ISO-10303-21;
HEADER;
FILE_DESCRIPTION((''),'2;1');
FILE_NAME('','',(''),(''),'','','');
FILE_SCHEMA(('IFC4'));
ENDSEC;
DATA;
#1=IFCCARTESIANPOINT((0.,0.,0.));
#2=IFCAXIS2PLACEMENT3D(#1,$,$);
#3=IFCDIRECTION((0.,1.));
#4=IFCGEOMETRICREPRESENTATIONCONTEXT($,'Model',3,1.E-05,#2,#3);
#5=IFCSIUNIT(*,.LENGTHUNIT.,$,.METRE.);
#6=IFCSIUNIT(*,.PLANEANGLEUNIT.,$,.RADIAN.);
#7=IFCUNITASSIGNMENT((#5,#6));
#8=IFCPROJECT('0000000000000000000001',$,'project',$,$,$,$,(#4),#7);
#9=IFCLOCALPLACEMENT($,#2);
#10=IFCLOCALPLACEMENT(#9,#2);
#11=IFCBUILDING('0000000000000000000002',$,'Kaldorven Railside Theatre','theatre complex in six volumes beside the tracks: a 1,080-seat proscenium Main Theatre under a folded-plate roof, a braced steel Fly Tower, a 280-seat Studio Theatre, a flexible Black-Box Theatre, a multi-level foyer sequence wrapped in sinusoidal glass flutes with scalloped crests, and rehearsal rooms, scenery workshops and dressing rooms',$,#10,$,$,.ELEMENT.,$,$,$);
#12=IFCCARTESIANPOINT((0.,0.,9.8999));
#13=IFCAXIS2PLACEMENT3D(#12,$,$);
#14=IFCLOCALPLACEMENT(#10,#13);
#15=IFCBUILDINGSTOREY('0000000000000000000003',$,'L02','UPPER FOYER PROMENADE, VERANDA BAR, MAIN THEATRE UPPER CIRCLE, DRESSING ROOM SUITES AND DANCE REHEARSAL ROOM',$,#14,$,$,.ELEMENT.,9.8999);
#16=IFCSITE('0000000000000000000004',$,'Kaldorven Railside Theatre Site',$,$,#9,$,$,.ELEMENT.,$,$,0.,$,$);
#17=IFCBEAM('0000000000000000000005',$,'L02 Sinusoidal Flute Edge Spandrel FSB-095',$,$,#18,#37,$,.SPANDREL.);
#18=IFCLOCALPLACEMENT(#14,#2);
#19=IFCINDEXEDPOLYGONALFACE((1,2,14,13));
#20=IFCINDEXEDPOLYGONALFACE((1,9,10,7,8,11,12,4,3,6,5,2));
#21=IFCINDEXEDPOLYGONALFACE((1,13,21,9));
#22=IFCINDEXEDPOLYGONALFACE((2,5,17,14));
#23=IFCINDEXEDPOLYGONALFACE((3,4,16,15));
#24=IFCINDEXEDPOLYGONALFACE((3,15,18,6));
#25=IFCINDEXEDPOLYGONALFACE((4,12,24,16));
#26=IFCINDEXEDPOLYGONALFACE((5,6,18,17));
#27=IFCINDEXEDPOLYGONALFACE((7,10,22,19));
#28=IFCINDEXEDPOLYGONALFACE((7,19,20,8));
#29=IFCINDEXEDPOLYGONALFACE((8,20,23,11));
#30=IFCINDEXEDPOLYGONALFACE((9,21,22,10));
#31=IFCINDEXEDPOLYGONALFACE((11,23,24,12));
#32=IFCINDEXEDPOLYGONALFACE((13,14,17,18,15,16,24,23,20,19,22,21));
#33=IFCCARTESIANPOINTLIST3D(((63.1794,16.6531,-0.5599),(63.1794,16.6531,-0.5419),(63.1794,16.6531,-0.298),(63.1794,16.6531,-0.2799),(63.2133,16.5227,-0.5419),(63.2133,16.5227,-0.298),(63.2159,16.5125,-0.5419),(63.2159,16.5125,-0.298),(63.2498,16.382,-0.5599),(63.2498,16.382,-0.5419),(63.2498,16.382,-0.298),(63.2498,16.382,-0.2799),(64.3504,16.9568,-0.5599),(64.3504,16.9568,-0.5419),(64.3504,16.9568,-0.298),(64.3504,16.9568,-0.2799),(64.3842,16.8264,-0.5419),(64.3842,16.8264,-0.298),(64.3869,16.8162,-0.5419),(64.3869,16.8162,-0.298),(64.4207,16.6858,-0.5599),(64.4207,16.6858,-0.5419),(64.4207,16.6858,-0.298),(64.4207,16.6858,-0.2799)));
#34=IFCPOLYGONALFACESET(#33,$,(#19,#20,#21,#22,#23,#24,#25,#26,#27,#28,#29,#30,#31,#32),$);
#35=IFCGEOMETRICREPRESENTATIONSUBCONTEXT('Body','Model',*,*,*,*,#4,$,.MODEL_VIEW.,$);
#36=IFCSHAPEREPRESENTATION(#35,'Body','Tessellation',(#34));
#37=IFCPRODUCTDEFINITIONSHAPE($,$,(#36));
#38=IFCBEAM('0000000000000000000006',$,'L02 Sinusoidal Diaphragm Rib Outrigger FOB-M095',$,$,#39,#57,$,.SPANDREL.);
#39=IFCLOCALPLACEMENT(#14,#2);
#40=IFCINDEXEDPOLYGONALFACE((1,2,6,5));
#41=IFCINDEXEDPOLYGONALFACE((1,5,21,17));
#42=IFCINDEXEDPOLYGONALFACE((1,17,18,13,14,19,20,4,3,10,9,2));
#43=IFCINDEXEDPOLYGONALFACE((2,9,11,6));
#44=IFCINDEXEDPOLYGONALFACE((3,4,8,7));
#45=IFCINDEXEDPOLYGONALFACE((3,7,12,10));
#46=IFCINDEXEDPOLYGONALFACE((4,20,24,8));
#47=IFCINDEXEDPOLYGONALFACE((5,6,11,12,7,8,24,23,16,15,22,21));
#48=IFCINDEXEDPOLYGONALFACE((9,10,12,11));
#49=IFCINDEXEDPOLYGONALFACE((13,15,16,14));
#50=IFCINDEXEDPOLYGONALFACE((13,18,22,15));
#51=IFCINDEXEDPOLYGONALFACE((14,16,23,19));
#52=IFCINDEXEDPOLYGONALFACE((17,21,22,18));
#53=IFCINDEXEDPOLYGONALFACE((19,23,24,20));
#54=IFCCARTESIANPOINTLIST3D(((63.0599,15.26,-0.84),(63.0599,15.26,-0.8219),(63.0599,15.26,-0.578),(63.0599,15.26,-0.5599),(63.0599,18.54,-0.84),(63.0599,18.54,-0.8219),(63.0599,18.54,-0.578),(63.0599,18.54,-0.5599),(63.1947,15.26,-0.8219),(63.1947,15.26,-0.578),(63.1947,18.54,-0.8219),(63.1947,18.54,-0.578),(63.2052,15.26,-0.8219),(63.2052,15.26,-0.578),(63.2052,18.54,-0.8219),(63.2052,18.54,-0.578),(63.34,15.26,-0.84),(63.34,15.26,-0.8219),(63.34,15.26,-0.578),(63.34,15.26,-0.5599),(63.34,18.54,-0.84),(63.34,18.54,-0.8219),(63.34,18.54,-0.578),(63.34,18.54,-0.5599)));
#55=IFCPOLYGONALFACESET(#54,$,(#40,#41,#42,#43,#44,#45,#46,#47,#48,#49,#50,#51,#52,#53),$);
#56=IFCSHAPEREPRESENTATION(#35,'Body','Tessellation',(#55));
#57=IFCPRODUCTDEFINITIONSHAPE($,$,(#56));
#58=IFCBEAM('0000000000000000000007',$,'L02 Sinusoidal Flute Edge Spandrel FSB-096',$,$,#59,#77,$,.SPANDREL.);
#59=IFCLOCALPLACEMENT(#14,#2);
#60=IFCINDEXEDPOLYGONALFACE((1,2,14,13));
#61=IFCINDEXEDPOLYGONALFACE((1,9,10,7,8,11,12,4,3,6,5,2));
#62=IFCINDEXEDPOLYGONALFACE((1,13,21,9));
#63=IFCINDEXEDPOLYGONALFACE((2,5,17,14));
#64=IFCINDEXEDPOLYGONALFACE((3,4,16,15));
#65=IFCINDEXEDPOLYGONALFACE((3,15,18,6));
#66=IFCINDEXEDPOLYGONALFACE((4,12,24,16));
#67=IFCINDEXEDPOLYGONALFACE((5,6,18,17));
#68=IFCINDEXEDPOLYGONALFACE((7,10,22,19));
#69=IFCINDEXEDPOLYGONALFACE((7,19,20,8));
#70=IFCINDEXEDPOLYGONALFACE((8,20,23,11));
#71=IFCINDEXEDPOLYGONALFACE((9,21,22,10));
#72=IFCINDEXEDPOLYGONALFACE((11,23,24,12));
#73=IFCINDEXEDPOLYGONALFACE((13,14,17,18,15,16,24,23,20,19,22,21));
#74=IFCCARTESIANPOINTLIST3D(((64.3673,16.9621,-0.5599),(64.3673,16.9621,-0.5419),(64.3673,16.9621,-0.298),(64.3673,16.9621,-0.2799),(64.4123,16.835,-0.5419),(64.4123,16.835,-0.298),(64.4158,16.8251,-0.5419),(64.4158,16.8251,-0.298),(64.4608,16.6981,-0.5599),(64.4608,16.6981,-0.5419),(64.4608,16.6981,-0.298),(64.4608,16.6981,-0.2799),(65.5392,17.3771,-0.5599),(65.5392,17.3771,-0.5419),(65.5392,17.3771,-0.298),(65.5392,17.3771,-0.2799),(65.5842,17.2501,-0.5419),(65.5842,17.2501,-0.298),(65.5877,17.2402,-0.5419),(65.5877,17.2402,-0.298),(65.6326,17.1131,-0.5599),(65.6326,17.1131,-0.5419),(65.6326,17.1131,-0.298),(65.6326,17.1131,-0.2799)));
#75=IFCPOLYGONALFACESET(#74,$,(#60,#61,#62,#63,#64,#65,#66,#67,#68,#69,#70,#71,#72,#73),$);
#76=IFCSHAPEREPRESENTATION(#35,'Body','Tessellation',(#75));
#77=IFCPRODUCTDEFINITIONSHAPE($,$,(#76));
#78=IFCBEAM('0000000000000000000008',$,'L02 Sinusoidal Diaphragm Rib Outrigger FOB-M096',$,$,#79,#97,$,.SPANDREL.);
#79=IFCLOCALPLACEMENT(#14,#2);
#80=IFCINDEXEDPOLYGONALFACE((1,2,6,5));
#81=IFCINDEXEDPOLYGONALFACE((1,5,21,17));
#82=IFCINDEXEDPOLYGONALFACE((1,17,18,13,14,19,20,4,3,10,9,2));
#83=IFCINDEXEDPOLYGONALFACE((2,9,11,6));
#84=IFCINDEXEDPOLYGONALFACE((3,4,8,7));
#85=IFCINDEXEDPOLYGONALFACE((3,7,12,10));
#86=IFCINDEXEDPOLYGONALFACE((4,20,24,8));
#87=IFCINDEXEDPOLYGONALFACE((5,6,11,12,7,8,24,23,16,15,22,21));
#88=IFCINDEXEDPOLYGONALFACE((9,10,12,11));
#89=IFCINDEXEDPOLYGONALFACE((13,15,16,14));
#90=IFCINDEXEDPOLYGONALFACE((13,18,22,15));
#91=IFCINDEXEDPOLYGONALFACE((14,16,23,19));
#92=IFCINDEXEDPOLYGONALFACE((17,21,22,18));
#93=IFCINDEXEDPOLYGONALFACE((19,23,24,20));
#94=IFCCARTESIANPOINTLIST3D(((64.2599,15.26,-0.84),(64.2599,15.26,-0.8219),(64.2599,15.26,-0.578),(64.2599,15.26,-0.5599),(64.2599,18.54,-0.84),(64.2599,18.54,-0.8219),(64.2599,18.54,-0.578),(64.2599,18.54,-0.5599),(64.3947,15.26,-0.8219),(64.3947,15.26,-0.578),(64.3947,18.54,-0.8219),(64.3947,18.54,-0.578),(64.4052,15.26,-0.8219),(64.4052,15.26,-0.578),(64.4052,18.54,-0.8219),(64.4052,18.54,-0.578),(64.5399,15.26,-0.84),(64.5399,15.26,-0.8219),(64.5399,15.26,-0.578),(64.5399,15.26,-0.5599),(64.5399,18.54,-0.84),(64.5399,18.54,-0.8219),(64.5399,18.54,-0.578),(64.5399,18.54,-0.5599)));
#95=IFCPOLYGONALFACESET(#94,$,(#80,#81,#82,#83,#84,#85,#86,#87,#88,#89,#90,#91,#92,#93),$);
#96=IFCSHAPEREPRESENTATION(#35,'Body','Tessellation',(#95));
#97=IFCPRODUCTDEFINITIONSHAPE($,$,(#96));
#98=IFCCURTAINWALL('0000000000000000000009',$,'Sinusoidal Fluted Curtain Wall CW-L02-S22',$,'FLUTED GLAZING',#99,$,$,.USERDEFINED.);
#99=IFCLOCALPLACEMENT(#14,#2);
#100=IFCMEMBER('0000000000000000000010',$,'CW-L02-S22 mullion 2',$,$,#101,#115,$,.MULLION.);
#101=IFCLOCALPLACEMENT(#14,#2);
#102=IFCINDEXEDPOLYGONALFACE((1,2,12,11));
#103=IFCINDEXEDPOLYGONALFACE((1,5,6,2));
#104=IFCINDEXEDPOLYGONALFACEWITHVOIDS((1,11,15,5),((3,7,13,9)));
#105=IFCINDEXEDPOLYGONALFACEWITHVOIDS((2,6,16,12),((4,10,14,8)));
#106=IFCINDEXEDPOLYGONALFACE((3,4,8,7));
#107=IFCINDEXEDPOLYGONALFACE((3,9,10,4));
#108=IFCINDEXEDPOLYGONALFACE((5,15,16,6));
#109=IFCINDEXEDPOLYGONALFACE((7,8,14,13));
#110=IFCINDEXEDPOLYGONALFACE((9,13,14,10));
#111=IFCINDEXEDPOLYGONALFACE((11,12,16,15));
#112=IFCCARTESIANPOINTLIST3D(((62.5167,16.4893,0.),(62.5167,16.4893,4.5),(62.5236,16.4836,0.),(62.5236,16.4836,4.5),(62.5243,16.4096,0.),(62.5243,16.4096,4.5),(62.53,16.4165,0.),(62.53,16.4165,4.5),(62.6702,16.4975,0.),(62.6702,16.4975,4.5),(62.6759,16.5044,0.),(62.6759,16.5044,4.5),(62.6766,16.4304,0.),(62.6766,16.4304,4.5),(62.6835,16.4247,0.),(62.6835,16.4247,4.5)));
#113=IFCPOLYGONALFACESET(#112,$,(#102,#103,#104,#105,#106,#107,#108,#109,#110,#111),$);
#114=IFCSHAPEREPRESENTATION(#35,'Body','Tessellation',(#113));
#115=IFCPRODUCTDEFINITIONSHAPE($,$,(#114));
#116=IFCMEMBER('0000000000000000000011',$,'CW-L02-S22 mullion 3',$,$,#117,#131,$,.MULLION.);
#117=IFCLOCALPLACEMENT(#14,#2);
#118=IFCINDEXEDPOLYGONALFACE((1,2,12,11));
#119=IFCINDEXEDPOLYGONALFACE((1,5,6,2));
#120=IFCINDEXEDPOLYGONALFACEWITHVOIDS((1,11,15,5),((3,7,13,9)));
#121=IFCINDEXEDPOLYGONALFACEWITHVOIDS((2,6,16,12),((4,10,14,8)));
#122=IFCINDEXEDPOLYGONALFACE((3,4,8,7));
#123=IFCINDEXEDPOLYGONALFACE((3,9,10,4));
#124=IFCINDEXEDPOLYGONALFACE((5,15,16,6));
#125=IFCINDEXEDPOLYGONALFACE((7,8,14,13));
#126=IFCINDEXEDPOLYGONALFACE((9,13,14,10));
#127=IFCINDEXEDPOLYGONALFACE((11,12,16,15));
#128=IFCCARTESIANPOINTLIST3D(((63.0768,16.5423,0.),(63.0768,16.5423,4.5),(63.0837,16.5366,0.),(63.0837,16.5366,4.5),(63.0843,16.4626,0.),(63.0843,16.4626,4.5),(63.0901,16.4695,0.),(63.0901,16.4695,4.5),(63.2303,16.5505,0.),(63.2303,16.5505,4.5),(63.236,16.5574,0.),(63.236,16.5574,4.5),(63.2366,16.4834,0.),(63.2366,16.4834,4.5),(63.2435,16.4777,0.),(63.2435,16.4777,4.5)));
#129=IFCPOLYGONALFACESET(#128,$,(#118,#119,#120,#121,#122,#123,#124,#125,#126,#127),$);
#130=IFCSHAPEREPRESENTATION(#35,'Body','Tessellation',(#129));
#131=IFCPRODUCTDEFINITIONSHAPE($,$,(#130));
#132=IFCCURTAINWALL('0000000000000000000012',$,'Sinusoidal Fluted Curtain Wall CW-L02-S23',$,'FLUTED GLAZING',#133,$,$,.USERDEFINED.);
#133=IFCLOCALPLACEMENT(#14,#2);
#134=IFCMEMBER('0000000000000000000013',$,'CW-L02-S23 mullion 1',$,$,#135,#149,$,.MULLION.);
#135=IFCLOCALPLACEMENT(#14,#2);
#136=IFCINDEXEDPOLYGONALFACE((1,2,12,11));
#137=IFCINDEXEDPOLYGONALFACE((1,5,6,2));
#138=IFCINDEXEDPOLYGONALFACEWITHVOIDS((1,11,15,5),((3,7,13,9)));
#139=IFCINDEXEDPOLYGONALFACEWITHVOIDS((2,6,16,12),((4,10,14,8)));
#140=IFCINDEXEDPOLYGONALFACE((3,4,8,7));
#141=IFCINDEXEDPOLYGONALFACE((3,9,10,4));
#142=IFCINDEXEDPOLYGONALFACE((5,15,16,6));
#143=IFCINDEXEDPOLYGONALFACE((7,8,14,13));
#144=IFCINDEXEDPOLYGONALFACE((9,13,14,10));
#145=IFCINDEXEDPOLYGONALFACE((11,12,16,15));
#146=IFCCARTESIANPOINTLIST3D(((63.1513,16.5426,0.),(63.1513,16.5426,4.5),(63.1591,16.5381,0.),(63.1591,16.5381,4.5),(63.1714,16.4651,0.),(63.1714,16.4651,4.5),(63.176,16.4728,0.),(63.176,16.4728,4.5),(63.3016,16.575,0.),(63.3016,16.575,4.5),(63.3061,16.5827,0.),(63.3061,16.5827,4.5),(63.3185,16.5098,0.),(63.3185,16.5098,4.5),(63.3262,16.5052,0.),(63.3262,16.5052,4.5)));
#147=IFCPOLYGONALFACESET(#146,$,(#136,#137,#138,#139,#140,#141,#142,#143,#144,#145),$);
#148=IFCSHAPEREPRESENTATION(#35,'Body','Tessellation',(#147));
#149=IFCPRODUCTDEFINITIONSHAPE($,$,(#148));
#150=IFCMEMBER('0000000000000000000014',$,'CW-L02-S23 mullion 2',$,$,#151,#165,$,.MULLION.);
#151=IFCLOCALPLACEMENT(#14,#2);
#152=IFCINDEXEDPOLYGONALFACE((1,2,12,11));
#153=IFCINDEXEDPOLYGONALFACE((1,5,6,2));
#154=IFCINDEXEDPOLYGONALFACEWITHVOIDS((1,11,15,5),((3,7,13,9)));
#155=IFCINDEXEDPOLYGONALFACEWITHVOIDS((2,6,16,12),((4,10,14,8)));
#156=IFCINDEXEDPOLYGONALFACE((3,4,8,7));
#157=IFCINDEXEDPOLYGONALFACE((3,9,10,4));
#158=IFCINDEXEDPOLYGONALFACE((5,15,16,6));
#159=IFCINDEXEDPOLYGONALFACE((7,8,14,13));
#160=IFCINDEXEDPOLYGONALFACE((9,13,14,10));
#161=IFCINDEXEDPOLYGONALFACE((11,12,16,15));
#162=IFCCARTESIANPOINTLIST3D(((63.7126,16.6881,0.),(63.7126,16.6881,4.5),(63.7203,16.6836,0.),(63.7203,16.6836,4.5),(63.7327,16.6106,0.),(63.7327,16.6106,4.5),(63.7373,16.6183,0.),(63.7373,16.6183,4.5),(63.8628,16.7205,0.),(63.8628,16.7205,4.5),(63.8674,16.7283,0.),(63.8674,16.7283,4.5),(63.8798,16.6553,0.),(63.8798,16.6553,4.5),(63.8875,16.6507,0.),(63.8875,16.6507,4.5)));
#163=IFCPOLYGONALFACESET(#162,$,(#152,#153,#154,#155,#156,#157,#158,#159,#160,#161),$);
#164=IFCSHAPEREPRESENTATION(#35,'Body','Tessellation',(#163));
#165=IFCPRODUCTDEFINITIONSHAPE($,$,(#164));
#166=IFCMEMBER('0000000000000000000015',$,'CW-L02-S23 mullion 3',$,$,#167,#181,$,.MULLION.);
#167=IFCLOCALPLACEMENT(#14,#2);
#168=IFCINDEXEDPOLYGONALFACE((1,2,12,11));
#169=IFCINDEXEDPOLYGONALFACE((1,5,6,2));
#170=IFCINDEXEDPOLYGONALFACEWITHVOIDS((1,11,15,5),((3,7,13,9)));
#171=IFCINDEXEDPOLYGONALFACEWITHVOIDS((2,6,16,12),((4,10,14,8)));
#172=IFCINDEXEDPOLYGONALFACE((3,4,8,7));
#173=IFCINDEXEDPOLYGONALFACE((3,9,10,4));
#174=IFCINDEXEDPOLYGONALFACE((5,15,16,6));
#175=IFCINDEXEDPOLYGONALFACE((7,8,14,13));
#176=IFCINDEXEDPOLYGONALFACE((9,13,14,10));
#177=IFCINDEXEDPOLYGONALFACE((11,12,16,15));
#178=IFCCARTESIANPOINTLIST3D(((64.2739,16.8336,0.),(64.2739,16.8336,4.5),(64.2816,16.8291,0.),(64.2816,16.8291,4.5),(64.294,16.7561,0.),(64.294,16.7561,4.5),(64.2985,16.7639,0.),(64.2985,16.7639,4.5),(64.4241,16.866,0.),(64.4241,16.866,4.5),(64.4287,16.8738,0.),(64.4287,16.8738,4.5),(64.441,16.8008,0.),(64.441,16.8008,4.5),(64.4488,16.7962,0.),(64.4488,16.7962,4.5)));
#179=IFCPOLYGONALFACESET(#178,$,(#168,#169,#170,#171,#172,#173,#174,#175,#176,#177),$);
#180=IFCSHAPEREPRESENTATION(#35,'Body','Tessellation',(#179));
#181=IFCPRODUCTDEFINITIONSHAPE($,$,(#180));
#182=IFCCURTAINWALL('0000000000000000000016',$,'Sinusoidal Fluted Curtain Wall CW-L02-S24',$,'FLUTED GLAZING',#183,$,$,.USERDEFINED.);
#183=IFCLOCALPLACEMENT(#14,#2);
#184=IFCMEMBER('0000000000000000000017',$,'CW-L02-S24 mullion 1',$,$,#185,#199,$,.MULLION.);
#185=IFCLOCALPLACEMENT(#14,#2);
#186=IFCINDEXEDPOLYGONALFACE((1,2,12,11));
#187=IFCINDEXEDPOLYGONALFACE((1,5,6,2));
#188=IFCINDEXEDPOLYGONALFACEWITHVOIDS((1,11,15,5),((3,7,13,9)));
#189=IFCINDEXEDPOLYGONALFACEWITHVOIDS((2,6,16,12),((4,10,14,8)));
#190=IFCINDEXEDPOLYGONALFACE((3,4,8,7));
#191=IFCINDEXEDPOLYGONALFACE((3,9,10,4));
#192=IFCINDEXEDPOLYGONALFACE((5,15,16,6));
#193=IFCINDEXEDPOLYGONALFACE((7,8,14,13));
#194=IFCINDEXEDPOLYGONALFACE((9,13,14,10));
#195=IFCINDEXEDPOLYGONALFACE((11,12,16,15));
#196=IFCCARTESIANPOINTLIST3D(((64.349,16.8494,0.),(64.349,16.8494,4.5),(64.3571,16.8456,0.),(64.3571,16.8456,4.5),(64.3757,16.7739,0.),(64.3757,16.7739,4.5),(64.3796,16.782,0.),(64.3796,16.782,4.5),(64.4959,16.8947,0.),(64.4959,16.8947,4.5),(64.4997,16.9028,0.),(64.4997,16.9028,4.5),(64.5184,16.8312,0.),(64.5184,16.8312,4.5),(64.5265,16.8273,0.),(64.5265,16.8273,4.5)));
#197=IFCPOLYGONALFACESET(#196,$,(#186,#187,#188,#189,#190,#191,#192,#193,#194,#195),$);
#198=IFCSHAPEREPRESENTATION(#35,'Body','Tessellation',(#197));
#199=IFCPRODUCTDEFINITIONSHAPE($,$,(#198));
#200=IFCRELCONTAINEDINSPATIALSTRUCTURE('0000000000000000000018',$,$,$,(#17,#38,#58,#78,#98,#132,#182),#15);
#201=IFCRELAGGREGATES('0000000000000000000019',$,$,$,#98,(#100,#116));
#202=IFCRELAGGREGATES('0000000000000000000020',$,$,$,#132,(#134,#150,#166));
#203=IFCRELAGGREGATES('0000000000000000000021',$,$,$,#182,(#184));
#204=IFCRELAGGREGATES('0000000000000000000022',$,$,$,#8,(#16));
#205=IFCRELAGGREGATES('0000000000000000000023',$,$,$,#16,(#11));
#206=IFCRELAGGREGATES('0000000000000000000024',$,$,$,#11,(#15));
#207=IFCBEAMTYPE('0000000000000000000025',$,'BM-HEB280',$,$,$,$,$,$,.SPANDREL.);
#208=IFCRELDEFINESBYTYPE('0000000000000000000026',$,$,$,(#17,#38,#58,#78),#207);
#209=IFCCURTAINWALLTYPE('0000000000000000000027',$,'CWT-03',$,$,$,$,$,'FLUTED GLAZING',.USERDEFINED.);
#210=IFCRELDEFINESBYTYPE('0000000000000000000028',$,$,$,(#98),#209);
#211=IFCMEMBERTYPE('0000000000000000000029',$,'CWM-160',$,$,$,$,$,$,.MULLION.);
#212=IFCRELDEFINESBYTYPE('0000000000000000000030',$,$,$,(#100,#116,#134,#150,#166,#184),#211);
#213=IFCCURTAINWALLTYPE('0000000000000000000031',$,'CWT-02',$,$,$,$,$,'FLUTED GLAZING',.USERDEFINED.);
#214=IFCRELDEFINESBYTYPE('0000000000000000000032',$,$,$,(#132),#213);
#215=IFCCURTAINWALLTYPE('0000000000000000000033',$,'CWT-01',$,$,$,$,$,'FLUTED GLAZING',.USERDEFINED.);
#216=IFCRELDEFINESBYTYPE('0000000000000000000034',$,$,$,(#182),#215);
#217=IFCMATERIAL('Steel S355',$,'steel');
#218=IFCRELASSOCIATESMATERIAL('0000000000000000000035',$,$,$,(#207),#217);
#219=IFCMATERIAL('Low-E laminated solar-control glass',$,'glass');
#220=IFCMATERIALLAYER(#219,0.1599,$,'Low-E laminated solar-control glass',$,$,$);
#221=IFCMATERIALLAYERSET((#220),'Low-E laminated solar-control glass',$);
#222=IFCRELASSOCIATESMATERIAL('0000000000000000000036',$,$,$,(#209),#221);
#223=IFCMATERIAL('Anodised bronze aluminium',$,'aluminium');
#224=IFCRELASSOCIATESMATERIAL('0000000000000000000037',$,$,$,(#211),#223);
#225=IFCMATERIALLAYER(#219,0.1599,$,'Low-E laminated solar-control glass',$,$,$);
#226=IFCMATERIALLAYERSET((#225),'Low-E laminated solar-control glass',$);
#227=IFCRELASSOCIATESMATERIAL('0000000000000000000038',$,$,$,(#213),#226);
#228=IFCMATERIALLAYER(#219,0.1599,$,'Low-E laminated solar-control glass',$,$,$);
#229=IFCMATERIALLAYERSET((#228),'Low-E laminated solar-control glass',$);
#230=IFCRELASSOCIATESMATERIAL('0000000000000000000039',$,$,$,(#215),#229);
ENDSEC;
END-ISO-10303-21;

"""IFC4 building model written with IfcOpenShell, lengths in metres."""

from ifc_helpers import new_model, si_unit, direction, frame, origin, origin_2d, place, context, subcontext, project, spatial, hollow_rectangle, i_section, extrude, material, layer, layer_set, material_profile, profile_set, type_object, element, aggregate, save


model = new_model("IFC4")

# Units and contexts
model_context = context("Model", 3, precision=1e-05, world=origin(), true_north=direction((0.0, 1.0)))
body_context = subcontext(model_context, "Body", "Model", "MODEL_VIEW")
ifc_project = project(units=[si_unit("LENGTHUNIT", "METRE"), si_unit("PLANEANGLEUNIT", "RADIAN")], contexts=[model_context])

# Site, building, storey
site_placement = place(None, origin())
site = spatial("IfcSite", under=ifc_project, at=site_placement, Name="Kaldorven Railside Theatre Site", CompositionType="ELEMENT", RefElevation=0.0)
building_placement = place(site_placement, origin())
building = spatial("IfcBuilding", under=site, at=building_placement, Name="Kaldorven Railside Theatre", Description="theatre complex in six volumes beside the tracks: a 1,080-seat proscenium Main Theatre under a folded-plate roof, a braced steel Fly Tower, a 280-seat Studio Theatre, a flexible Black-Box Theatre, a multi-level foyer sequence wrapped in sinusoidal glass flutes with scalloped crests, and rehearsal rooms, scenery workshops and dressing rooms", CompositionType="ELEMENT")
storey_placement = place(building_placement, frame((0.0, 0.0, 9.8999)))
storey = spatial("IfcBuildingStorey", under=building, at=storey_placement, Name="L02", Description="UPPER FOYER PROMENADE, VERANDA BAR, MAIN THEATRE UPPER CIRCLE, DRESSING ROOM SUITES AND DANCE REHEARSAL ROOM", CompositionType="ELEMENT", Elevation=9.8999)

# Beams
ifc_material_1 = material(Name="Steel S355", Category="steel")
ifc_material_profile_1 = material_profile(ifc_material_1, i_section(OverallWidth=0.28, OverallDepth=0.28, WebThickness=0.0105, FlangeThickness=0.0181, at=origin_2d()), Name="HEB 280")
ifc_profile_set_1 = profile_set([ifc_material_profile_1], Name="Steel S355")
beam_type = type_object("IfcBeamType", Name="BM-HEB280", PredefinedType="SPANDREL", material=ifc_profile_set_1)
beam_1_placement = place(storey_placement, frame((63.2146, 16.5176, -0.4199), z_axis=(0.967968, 0.251074, 0.0), x_axis=(-0.251074, 0.967968, 0.0)))
element("IfcBeam", 1, at=beam_1_placement, inside=storey, type_object=beam_type, Name="L02 Sinusoidal Flute Edge Spandrel FSB-095", PredefinedType="SPANDREL", context=body_context, shape_type="SweptSolid", body=[
    extrude(i_section(OverallWidth=0.28, OverallDepth=0.28, WebThickness=0.0105, FlangeThickness=0.0181, at=origin_2d()), origin(), (0.0, 0.0, 1.0), 1.2097),
])
beam_2_placement = place(storey_placement, frame((63.2, 15.26, -0.7), z_axis=(0.0, 1.0, 0.0), x_axis=(-1.0, 0.0, 0.0)))
element("IfcBeam", 2, at=beam_2_placement, inside=storey, type_object=beam_type, Name="L02 Sinusoidal Diaphragm Rib Outrigger FOB-M095", PredefinedType="SPANDREL", context=body_context, shape_type="SweptSolid", body=[
    extrude(i_section(OverallWidth=0.28, OverallDepth=0.28, WebThickness=0.0105, FlangeThickness=0.0181, at=origin_2d()), origin(), (0.0, 0.0, 1.0), 3.28),
])
beam_3_placement = place(storey_placement, frame((64.4141, 16.8301, -0.4199), z_axis=(0.942627, 0.333847, 0.0), x_axis=(-0.333847, 0.942627, 0.0)))
element("IfcBeam", 3, at=beam_3_placement, inside=storey, type_object=beam_type, Name="L02 Sinusoidal Flute Edge Spandrel FSB-096", PredefinedType="SPANDREL", context=body_context, shape_type="SweptSolid", body=[
    extrude(i_section(OverallWidth=0.28, OverallDepth=0.28, WebThickness=0.0105, FlangeThickness=0.0181, at=origin_2d()), origin(), (0.0, 0.0, 1.0), 1.2432),
])
beam_4_placement = place(storey_placement, frame((64.3999, 15.26, -0.7), z_axis=(0.0, 1.0, 0.0), x_axis=(-1.0, 0.0, 0.0)))
element("IfcBeam", 4, at=beam_4_placement, inside=storey, type_object=beam_type, Name="L02 Sinusoidal Diaphragm Rib Outrigger FOB-M096", PredefinedType="SPANDREL", context=body_context, shape_type="SweptSolid", body=[
    extrude(i_section(OverallWidth=0.28, OverallDepth=0.28, WebThickness=0.0105, FlangeThickness=0.0181, at=origin_2d()), origin(), (0.0, 0.0, 1.0), 3.28),
])

# Curtain walls, members
ifc_material_2 = material(Name="Low-E laminated solar-control glass", Category="glass")
ifc_layer_1 = layer(ifc_material_2, 0.1599, Name="Low-E laminated solar-control glass")
ifc_layer_set_1 = layer_set([ifc_layer_1], Name="Low-E laminated solar-control glass")
curtain_wall_type_1 = type_object("IfcCurtainWallType", Name="CWT-03", ElementType="FLUTED GLAZING", PredefinedType="USERDEFINED", material=ifc_layer_set_1)
curtain_wall_1_placement = place(storey_placement, origin())
curtain_wall_1 = element("IfcCurtainWall", 5, at=curtain_wall_1_placement, inside=storey, type_object=curtain_wall_type_1, Name="Sinusoidal Fluted Curtain Wall CW-L02-S22", ObjectType="FLUTED GLAZING", PredefinedType="USERDEFINED")
ifc_material_3 = material(Name="Anodised bronze aluminium", Category="aluminium")
ifc_material_profile_2 = material_profile(ifc_material_3, hollow_rectangle(XDim=0.0801, YDim=0.1599, WallThickness=0.0063, at=origin_2d()), Name="RHS 160x80x6.3")
ifc_profile_set_2 = profile_set([ifc_material_profile_2], Name="Anodised bronze aluminium")
member_type_1 = type_object("IfcMemberType", Name="CWM-160", PredefinedType="MULLION", material=ifc_profile_set_2)
member_1_placement = place(storey_placement, frame((62.6001, 16.457, 0.0), z_axis=(0.0, 0.0, 1.0), x_axis=(-0.094492, 0.995526, 0.0)))
member_1 = element("IfcMember", 6, at=member_1_placement, type_object=member_type_1, Name="CW-L02-S22 mullion 2", PredefinedType="MULLION", context=body_context, shape_type="SweptSolid", body=[
    extrude(hollow_rectangle(XDim=0.0801, YDim=0.1599, WallThickness=0.0063, at=origin_2d()), origin(), (0.0, 0.0, 1.0), 4.5),
])
member_2_placement = place(storey_placement, frame((63.1602, 16.51, 0.0), z_axis=(0.0, 0.0, 1.0), x_axis=(-0.094492, 0.995526, 0.0)))
member_2 = element("IfcMember", 7, at=member_2_placement, type_object=member_type_1, Name="CW-L02-S22 mullion 3", PredefinedType="MULLION", context=body_context, shape_type="SweptSolid", body=[
    extrude(hollow_rectangle(XDim=0.0801, YDim=0.1599, WallThickness=0.0063, at=origin_2d()), origin(), (0.0, 0.0, 1.0), 4.5),
])
ifc_layer_2 = layer(ifc_material_2, 0.1599, Name="Low-E laminated solar-control glass")
ifc_layer_set_2 = layer_set([ifc_layer_2], Name="Low-E laminated solar-control glass")
curtain_wall_type_2 = type_object("IfcCurtainWallType", Name="CWT-02", ElementType="FLUTED GLAZING", PredefinedType="USERDEFINED", material=ifc_layer_set_2)
curtain_wall_2_placement = place(storey_placement, origin())
curtain_wall_2 = element("IfcCurtainWall", 8, at=curtain_wall_2_placement, inside=storey, type_object=curtain_wall_type_2, Name="Sinusoidal Fluted Curtain Wall CW-L02-S23", ObjectType="FLUTED GLAZING", PredefinedType="USERDEFINED")
member_3_placement = place(storey_placement, frame((63.2388, 16.5239, 0.0), z_axis=(0.0, 0.0, 1.0), x_axis=(-0.250954, 0.967999, 0.0)))
member_3 = element("IfcMember", 9, at=member_3_placement, type_object=member_type_1, Name="CW-L02-S23 mullion 1", PredefinedType="MULLION", context=body_context, shape_type="SweptSolid", body=[
    extrude(hollow_rectangle(XDim=0.0801, YDim=0.1599, WallThickness=0.0063, at=origin_2d()), origin(), (0.0, 0.0, 1.0), 4.5),
])
member_4_placement = place(storey_placement, frame((63.8, 16.6694, 0.0), z_axis=(0.0, 0.0, 1.0), x_axis=(-0.250954, 0.967999, 0.0)))
member_4 = element("IfcMember", 10, at=member_4_placement, type_object=member_type_1, Name="CW-L02-S23 mullion 2", PredefinedType="MULLION", context=body_context, shape_type="SweptSolid", body=[
    extrude(hollow_rectangle(XDim=0.0801, YDim=0.1599, WallThickness=0.0063, at=origin_2d()), origin(), (0.0, 0.0, 1.0), 4.5),
])
member_5_placement = place(storey_placement, frame((64.3613, 16.8149, 0.0), z_axis=(0.0, 0.0, 1.0), x_axis=(-0.250954, 0.967999, 0.0)))
member_5 = element("IfcMember", 11, at=member_5_placement, type_object=member_type_1, Name="CW-L02-S23 mullion 3", PredefinedType="MULLION", context=body_context, shape_type="SweptSolid", body=[
    extrude(hollow_rectangle(XDim=0.0801, YDim=0.1599, WallThickness=0.0063, at=origin_2d()), origin(), (0.0, 0.0, 1.0), 4.5),
])
ifc_layer_3 = layer(ifc_material_2, 0.1599, Name="Low-E laminated solar-control glass")
ifc_layer_set_3 = layer_set([ifc_layer_3], Name="Low-E laminated solar-control glass")
curtain_wall_type_3 = type_object("IfcCurtainWallType", Name="CWT-01", ElementType="FLUTED GLAZING", PredefinedType="USERDEFINED", material=ifc_layer_set_3)
curtain_wall_3_placement = place(storey_placement, origin())
curtain_wall_3 = element("IfcCurtainWall", 12, at=curtain_wall_3_placement, inside=storey, type_object=curtain_wall_type_3, Name="Sinusoidal Fluted Curtain Wall CW-L02-S24", ObjectType="FLUTED GLAZING", PredefinedType="USERDEFINED")
member_6_placement = place(storey_placement, frame((64.4377, 16.8384, 0.0), z_axis=(0.0, 0.0, 1.0), x_axis=(-0.333847, 0.942627, 0.0)))
member_6 = element("IfcMember", 13, at=member_6_placement, type_object=member_type_1, Name="CW-L02-S24 mullion 1", PredefinedType="MULLION", context=body_context, shape_type="SweptSolid", body=[
    extrude(hollow_rectangle(XDim=0.0801, YDim=0.1599, WallThickness=0.0063, at=origin_2d()), origin(), (0.0, 0.0, 1.0), 4.5),
])

aggregate(curtain_wall_1, [member_1, member_2])
aggregate(curtain_wall_2, [member_3, member_4, member_5])
aggregate(curtain_wall_3, [member_6])

save(model, "model.ifc")
